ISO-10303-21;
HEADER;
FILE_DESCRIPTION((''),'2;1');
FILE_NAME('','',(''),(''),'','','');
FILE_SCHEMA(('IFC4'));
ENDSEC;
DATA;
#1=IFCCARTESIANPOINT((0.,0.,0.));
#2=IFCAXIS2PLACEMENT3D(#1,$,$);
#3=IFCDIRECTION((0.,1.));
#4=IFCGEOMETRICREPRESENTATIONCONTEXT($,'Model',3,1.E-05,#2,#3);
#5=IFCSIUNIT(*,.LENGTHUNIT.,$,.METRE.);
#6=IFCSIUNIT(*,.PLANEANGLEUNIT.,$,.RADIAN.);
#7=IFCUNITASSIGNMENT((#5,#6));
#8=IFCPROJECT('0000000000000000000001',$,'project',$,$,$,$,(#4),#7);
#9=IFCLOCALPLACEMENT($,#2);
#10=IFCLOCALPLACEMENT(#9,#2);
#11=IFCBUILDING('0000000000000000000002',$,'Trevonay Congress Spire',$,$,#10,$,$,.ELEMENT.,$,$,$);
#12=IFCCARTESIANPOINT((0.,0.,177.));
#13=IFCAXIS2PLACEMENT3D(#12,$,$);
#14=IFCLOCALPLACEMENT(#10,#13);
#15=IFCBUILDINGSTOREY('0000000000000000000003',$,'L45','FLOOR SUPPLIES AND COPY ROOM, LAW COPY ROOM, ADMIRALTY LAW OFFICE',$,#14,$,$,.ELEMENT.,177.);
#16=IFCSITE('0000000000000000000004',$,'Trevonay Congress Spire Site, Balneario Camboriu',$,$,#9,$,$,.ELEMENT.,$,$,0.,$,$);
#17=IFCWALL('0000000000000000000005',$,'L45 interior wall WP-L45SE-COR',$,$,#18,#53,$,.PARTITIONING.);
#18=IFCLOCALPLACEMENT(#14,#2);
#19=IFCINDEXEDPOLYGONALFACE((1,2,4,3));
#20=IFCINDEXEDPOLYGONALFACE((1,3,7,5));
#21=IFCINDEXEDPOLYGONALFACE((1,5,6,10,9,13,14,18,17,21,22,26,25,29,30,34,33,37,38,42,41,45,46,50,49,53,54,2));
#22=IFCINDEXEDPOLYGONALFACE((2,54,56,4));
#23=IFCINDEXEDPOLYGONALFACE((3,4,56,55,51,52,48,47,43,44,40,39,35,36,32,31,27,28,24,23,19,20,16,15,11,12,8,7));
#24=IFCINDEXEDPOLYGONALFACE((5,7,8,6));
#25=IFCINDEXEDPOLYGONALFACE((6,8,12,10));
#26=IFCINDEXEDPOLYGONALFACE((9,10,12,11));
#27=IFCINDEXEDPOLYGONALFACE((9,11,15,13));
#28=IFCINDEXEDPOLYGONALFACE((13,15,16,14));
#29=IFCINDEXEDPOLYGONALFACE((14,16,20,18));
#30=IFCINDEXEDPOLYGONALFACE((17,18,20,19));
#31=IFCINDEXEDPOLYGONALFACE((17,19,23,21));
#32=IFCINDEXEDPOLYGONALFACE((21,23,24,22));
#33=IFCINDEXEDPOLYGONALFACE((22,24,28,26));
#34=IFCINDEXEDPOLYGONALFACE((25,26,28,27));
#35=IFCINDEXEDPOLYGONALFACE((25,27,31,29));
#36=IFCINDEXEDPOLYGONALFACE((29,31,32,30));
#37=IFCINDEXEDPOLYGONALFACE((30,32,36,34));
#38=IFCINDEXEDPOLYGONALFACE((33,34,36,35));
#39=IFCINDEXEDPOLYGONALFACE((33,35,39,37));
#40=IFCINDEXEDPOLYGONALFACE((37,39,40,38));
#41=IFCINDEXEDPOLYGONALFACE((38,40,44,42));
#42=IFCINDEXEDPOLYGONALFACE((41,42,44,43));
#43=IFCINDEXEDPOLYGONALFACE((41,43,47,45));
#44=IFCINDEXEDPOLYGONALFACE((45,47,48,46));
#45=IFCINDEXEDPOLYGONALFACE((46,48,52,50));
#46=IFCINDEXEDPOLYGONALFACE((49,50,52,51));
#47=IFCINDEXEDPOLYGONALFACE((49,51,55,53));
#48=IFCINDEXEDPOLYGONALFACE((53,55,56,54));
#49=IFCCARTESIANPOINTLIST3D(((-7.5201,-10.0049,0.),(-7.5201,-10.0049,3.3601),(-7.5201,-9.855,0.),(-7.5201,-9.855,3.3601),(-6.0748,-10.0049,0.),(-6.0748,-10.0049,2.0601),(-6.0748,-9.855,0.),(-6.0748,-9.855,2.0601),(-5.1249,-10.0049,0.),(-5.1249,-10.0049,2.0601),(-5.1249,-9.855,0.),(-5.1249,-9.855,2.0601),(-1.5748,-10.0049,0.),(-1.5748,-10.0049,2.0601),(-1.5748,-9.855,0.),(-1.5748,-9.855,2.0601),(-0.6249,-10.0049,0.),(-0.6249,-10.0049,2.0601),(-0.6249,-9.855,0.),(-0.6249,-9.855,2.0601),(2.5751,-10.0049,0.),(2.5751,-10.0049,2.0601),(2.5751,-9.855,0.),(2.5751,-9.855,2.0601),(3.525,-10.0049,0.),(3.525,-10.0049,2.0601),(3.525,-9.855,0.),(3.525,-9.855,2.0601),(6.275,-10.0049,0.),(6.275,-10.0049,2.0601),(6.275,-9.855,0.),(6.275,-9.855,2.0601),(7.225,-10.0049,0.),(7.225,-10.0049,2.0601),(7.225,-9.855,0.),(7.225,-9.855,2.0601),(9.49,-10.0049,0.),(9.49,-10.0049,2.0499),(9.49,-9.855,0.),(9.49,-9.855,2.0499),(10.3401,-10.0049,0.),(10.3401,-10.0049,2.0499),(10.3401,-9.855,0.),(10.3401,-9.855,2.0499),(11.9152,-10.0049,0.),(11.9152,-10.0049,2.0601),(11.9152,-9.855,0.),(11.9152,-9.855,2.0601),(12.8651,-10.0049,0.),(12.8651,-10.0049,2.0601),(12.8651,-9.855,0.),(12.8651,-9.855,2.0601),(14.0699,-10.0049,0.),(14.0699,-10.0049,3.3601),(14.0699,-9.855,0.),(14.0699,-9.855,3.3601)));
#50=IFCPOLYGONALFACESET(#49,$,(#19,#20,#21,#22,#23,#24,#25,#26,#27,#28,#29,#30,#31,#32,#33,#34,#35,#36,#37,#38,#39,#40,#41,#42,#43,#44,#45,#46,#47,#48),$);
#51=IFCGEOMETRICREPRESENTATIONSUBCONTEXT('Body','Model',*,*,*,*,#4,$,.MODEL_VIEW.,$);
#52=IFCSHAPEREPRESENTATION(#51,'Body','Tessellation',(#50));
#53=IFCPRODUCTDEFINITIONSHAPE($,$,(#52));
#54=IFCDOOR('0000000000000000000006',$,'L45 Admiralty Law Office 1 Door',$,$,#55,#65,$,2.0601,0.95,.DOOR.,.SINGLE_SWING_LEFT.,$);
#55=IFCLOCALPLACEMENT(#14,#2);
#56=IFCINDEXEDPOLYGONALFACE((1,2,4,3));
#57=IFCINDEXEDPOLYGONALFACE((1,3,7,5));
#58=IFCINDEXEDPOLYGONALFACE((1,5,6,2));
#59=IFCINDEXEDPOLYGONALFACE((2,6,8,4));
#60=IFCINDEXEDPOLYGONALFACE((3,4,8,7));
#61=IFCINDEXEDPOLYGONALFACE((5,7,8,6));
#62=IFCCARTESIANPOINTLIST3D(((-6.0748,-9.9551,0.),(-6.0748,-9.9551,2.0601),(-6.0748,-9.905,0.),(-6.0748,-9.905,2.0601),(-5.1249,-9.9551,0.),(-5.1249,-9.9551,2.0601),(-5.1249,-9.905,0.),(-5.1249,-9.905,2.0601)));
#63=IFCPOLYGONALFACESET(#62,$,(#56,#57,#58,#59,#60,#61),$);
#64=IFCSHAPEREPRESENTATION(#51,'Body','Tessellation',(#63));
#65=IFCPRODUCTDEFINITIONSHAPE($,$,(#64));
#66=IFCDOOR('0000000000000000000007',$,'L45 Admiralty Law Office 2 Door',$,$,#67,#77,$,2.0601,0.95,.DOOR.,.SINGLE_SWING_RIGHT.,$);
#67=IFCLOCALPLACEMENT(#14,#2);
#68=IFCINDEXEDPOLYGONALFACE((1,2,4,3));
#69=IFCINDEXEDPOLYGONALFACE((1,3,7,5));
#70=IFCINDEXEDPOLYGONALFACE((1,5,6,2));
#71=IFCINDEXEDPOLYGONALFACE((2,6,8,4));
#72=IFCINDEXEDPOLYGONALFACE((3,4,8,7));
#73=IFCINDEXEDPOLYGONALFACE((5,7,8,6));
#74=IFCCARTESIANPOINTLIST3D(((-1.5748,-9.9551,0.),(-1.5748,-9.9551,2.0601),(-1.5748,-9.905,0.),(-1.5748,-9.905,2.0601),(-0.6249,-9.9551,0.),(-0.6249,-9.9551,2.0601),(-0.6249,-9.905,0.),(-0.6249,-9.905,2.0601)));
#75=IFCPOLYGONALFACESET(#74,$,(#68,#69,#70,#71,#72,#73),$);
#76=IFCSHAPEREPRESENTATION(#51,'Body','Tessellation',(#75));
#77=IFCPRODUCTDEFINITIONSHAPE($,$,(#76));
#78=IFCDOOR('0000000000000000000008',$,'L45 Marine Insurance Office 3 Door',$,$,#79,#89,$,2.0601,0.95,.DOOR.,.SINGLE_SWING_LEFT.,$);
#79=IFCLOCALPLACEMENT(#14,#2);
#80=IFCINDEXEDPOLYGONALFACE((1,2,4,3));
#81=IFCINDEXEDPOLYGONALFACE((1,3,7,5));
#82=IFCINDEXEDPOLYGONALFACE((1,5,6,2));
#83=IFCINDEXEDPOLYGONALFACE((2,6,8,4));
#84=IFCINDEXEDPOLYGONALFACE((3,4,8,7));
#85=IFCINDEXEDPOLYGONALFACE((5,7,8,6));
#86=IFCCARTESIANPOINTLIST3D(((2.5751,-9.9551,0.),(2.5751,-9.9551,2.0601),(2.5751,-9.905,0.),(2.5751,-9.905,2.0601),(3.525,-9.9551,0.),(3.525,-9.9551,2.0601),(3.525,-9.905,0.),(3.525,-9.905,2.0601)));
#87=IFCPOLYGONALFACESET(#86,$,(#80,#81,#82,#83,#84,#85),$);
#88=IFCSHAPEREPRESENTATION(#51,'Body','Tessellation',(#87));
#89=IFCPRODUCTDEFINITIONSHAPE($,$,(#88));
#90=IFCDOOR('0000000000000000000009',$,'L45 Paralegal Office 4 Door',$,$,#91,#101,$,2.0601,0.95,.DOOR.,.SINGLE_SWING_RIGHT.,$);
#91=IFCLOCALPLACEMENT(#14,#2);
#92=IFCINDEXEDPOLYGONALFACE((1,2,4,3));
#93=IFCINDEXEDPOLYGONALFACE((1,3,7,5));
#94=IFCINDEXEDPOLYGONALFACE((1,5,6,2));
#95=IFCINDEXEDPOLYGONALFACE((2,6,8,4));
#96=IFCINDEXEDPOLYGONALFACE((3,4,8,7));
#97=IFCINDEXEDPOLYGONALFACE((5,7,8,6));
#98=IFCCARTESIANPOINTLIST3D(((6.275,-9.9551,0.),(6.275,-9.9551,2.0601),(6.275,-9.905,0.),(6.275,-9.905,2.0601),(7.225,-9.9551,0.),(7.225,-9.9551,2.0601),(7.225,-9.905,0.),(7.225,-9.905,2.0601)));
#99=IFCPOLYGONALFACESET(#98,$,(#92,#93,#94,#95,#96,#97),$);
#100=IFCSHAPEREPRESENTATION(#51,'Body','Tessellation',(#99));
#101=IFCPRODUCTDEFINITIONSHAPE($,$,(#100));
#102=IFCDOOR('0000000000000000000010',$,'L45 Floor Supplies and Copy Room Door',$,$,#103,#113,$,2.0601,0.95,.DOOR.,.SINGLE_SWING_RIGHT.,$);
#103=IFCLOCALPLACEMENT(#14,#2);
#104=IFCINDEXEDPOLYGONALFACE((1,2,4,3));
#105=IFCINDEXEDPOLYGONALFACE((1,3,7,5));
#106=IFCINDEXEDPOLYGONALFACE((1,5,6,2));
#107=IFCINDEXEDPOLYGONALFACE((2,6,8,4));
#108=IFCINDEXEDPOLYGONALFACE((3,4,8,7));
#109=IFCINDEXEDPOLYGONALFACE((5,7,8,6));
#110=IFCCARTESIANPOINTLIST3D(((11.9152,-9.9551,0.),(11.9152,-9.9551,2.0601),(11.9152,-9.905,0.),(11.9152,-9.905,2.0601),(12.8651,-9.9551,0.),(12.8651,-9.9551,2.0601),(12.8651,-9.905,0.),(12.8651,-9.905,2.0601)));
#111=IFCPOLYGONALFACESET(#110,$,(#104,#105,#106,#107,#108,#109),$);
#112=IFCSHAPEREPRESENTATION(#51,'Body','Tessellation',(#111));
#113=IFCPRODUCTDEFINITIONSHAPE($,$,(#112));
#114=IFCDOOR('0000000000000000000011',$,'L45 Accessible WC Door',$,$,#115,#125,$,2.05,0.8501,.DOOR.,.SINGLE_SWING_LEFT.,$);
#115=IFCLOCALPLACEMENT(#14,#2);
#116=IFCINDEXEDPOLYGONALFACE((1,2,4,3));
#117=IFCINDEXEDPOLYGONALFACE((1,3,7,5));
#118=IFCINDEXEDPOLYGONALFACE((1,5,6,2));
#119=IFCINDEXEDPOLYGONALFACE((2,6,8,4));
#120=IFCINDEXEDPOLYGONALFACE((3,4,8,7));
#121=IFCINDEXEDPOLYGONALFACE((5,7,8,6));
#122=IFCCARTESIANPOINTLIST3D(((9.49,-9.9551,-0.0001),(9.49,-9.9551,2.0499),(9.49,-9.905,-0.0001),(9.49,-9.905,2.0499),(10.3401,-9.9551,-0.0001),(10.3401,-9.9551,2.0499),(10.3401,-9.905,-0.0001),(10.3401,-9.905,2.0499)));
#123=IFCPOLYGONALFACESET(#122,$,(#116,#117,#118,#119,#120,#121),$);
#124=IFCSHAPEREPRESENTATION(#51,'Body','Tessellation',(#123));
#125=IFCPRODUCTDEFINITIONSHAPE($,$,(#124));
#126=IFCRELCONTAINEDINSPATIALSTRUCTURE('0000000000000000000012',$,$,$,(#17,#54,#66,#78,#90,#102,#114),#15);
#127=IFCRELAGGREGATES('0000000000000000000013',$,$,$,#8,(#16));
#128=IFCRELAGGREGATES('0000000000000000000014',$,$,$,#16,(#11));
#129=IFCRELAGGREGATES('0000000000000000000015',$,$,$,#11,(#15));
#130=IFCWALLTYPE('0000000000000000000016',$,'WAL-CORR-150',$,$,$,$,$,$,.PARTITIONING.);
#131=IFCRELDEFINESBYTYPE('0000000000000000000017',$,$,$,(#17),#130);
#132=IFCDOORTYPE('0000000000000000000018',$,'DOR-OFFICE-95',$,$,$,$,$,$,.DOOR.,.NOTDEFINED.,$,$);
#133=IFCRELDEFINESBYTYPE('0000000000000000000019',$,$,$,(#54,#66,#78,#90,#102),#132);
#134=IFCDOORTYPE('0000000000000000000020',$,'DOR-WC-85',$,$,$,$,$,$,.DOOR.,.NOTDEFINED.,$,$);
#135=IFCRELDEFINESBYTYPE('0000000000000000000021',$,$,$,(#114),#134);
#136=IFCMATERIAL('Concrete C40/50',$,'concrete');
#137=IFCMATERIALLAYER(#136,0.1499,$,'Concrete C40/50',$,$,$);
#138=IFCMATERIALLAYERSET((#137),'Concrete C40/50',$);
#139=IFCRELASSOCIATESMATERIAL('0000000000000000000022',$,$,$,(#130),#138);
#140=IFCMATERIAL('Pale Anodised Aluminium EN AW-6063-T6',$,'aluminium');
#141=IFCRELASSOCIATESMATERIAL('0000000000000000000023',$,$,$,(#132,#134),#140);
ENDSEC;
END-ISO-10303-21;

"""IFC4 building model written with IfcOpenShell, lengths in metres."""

from ifc_helpers import new_model, si_unit, direction, frame, frame_2d, origin, place, context, subcontext, project, spatial, rectangle, extrude, material, layer, layer_set, type_object, element, fill, save


model = new_model("IFC4")

# Units and contexts
model_context = context("Model", 3, precision=1e-05, world=origin(), true_north=direction((0.0, 1.0)))
body_context = subcontext(model_context, "Body", "Model", "MODEL_VIEW")
ifc_project = project(units=[si_unit("LENGTHUNIT", "METRE"), si_unit("PLANEANGLEUNIT", "RADIAN")], contexts=[model_context])

# Site, building, storey
site_placement = place(None, origin())
site = spatial("IfcSite", under=ifc_project, at=site_placement, Name="Trevonay Congress Spire Site, Balneario Camboriu", CompositionType="ELEMENT", RefElevation=0.0)
building_placement = place(site_placement, origin())
building = spatial("IfcBuilding", under=site, at=building_placement, Name="Trevonay Congress Spire", CompositionType="ELEMENT")
storey_placement = place(building_placement, frame((0.0, 0.0, 177.0)))
storey = spatial("IfcBuildingStorey", under=building, at=storey_placement, Name="L45", Description="FLOOR SUPPLIES AND COPY ROOM, LAW COPY ROOM, ADMIRALTY LAW OFFICE", CompositionType="ELEMENT", Elevation=177.0)

# Shared definitions
ifc_material_1 = material(Name="Pale Anodised Aluminium EN AW-6063-T6", Category="aluminium")

# Wall, openings, doors
ifc_material_2 = material(Name="Concrete C40/50", Category="concrete")
ifc_layer_1 = layer(ifc_material_2, 0.1499, Name="Concrete C40/50")
ifc_layer_set_1 = layer_set([ifc_layer_1], Name="Concrete C40/50")
wall_type_1 = type_object("IfcWallType", Name="WAL-CORR-150", PredefinedType="PARTITIONING", material=ifc_layer_set_1)
wall_1_placement = place(storey_placement, frame((-7.52, -9.9299, 0.0), z_axis=(0.0, 0.0, 1.0), x_axis=(1.0, 0.0, 0.0)))
wall_1 = element("IfcWall", 1, at=wall_1_placement, inside=storey, type_object=wall_type_1, Name="L45 interior wall WP-L45SE-COR", PredefinedType="PARTITIONING", context=body_context, shape_type="SweptSolid", body=[
    extrude(rectangle(XDim=21.5901, YDim=0.1499, at=frame_2d((10.7949, 0.0))), origin(), (0.0, 0.0, 1.0), 3.3601),
])
opening_1_placement = place(wall_1_placement, frame((1.4451, 0.0, 0.0)))
opening_1 = element("IfcOpeningElement", 2, at=opening_1_placement, cuts=wall_1, PredefinedType="OPENING", context=body_context, shape_type="SweptSolid", body=[
    extrude(rectangle(XDim=0.95, YDim=2.0601, at=frame_2d((0.4751, 1.03))), frame((0.0, 0.085, 0.0), z_axis=(0.0, -1.0, 0.0), x_axis=(1.0, 0.0, 0.0)), (0.0, 0.0, 1.0), 0.1699),
])
opening_2_placement = place(wall_1_placement, frame((5.9451, 0.0, 0.0)))
opening_2 = element("IfcOpeningElement", 3, at=opening_2_placement, cuts=wall_1, PredefinedType="OPENING", context=body_context, shape_type="SweptSolid", body=[
    extrude(rectangle(XDim=0.95, YDim=2.0601, at=frame_2d((0.4751, 1.03))), frame((0.0, 0.085, 0.0), z_axis=(0.0, -1.0, 0.0), x_axis=(1.0, 0.0, 0.0)), (0.0, 0.0, 1.0), 0.1699),
])
opening_3_placement = place(wall_1_placement, frame((10.095, 0.0, 0.0)))
opening_3 = element("IfcOpeningElement", 4, at=opening_3_placement, cuts=wall_1, PredefinedType="OPENING", context=body_context, shape_type="SweptSolid", body=[
    extrude(rectangle(XDim=0.95, YDim=2.0601, at=frame_2d((0.4751, 1.03))), frame((0.0, 0.085, 0.0), z_axis=(0.0, -1.0, 0.0), x_axis=(1.0, 0.0, 0.0)), (0.0, 0.0, 1.0), 0.1699),
])
opening_4_placement = place(wall_1_placement, frame((13.7949, 0.0, 0.0)))
opening_4 = element("IfcOpeningElement", 5, at=opening_4_placement, cuts=wall_1, PredefinedType="OPENING", context=body_context, shape_type="SweptSolid", body=[
    extrude(rectangle(XDim=0.95, YDim=2.0601, at=frame_2d((0.4751, 1.03))), frame((0.0, 0.085, 0.0), z_axis=(0.0, -1.0, 0.0), x_axis=(1.0, 0.0, 0.0)), (0.0, 0.0, 1.0), 0.1699),
])
opening_5_placement = place(wall_1_placement, frame((17.01, 0.0, 0.0)))
opening_5 = element("IfcOpeningElement", 6, at=opening_5_placement, cuts=wall_1, PredefinedType="OPENING", context=body_context, shape_type="SweptSolid", body=[
    extrude(rectangle(XDim=0.8501, YDim=2.05, at=frame_2d((0.425, 1.0249))), frame((0.0, 0.085, 0.0), z_axis=(0.0, -1.0, 0.0), x_axis=(1.0, 0.0, 0.0)), (0.0, 0.0, 1.0), 0.1699),
])
opening_6_placement = place(wall_1_placement, frame((19.4351, 0.0, 0.0)))
opening_6 = element("IfcOpeningElement", 7, at=opening_6_placement, cuts=wall_1, PredefinedType="OPENING", context=body_context, shape_type="SweptSolid", body=[
    extrude(rectangle(XDim=0.95, YDim=2.0601, at=frame_2d((0.4751, 1.03))), frame((0.0, 0.085, 0.0), z_axis=(0.0, -1.0, 0.0), x_axis=(1.0, 0.0, 0.0)), (0.0, 0.0, 1.0), 0.1699),
])
door_type_1 = type_object("IfcDoorType", Name="DOR-OFFICE-95", OperationType="NOTDEFINED", PredefinedType="DOOR", material=ifc_material_1)
door_1_placement = place(opening_1_placement, origin())
door_1 = element("IfcDoor", 8, at=door_1_placement, inside=storey, type_object=door_type_1, Name="L45 Admiralty Law Office 1 Door", OperationType="SINGLE_SWING_LEFT", OverallHeight=2.0601, OverallWidth=0.95, PredefinedType="DOOR", context=body_context, shape_type="SweptSolid", body=[
    extrude(rectangle(XDim=0.95, YDim=2.0601, at=frame_2d((0.4751, 1.03))), frame((0.0, 0.0249, 0.0), z_axis=(0.0, -1.0, 0.0), x_axis=(1.0, 0.0, 0.0)), (0.0, 0.0, 1.0), 0.05),
])
fill(opening_1, door_1)
door_2_placement = place(opening_2_placement, origin())
door_2 = element("IfcDoor", 9, at=door_2_placement, inside=storey, type_object=door_type_1, Name="L45 Admiralty Law Office 2 Door", OperationType="SINGLE_SWING_RIGHT", OverallHeight=2.0601, OverallWidth=0.95, PredefinedType="DOOR", context=body_context, shape_type="SweptSolid", body=[
    extrude(rectangle(XDim=0.95, YDim=2.0601, at=frame_2d((0.4751, 1.03))), frame((0.0, 0.0249, 0.0), z_axis=(0.0, -1.0, 0.0), x_axis=(1.0, 0.0, 0.0)), (0.0, 0.0, 1.0), 0.05),
])
fill(opening_2, door_2)
door_3_placement = place(opening_3_placement, origin())
door_3 = element("IfcDoor", 10, at=door_3_placement, inside=storey, type_object=door_type_1, Name="L45 Marine Insurance Office 3 Door", OperationType="SINGLE_SWING_LEFT", OverallHeight=2.0601, OverallWidth=0.95, PredefinedType="DOOR", context=body_context, shape_type="SweptSolid", body=[
    extrude(rectangle(XDim=0.95, YDim=2.0601, at=frame_2d((0.4751, 1.03))), frame((0.0, 0.0249, 0.0), z_axis=(0.0, -1.0, 0.0), x_axis=(1.0, 0.0, 0.0)), (0.0, 0.0, 1.0), 0.05),
])
fill(opening_3, door_3)
door_4_placement = place(opening_4_placement, origin())
door_4 = element("IfcDoor", 11, at=door_4_placement, inside=storey, type_object=door_type_1, Name="L45 Paralegal Office 4 Door", OperationType="SINGLE_SWING_RIGHT", OverallHeight=2.0601, OverallWidth=0.95, PredefinedType="DOOR", context=body_context, shape_type="SweptSolid", body=[
    extrude(rectangle(XDim=0.95, YDim=2.0601, at=frame_2d((0.4751, 1.03))), frame((0.0, 0.0249, 0.0), z_axis=(0.0, -1.0, 0.0), x_axis=(1.0, 0.0, 0.0)), (0.0, 0.0, 1.0), 0.05),
])
fill(opening_4, door_4)
door_5_placement = place(opening_6_placement, origin())
door_5 = element("IfcDoor", 12, at=door_5_placement, inside=storey, type_object=door_type_1, Name="L45 Floor Supplies and Copy Room Door", OperationType="SINGLE_SWING_RIGHT", OverallHeight=2.0601, OverallWidth=0.95, PredefinedType="DOOR", context=body_context, shape_type="SweptSolid", body=[
    extrude(rectangle(XDim=0.95, YDim=2.0601, at=frame_2d((0.4751, 1.03))), frame((0.0, 0.0249, 0.0), z_axis=(0.0, -1.0, 0.0), x_axis=(1.0, 0.0, 0.0)), (0.0, 0.0, 1.0), 0.05),
])
fill(opening_6, door_5)
door_type_2 = type_object("IfcDoorType", Name="DOR-WC-85", OperationType="NOTDEFINED", PredefinedType="DOOR", material=ifc_material_1)
door_6_placement = place(opening_5_placement, origin())
door_6 = element("IfcDoor", 13, at=door_6_placement, inside=storey, type_object=door_type_2, Name="L45 Accessible WC Door", OperationType="SINGLE_SWING_LEFT", OverallHeight=2.05, OverallWidth=0.8501, PredefinedType="DOOR", context=body_context, shape_type="SweptSolid", body=[
    extrude(rectangle(XDim=0.8501, YDim=2.05, at=frame_2d((0.425, 1.0249))), frame((0.0, 0.0249, 0.0), z_axis=(0.0, -1.0, 0.0), x_axis=(1.0, 0.0, 0.0)), (0.0, 0.0, 1.0), 0.05),
])
fill(opening_5, door_6)

save(model, "model.ifc")
